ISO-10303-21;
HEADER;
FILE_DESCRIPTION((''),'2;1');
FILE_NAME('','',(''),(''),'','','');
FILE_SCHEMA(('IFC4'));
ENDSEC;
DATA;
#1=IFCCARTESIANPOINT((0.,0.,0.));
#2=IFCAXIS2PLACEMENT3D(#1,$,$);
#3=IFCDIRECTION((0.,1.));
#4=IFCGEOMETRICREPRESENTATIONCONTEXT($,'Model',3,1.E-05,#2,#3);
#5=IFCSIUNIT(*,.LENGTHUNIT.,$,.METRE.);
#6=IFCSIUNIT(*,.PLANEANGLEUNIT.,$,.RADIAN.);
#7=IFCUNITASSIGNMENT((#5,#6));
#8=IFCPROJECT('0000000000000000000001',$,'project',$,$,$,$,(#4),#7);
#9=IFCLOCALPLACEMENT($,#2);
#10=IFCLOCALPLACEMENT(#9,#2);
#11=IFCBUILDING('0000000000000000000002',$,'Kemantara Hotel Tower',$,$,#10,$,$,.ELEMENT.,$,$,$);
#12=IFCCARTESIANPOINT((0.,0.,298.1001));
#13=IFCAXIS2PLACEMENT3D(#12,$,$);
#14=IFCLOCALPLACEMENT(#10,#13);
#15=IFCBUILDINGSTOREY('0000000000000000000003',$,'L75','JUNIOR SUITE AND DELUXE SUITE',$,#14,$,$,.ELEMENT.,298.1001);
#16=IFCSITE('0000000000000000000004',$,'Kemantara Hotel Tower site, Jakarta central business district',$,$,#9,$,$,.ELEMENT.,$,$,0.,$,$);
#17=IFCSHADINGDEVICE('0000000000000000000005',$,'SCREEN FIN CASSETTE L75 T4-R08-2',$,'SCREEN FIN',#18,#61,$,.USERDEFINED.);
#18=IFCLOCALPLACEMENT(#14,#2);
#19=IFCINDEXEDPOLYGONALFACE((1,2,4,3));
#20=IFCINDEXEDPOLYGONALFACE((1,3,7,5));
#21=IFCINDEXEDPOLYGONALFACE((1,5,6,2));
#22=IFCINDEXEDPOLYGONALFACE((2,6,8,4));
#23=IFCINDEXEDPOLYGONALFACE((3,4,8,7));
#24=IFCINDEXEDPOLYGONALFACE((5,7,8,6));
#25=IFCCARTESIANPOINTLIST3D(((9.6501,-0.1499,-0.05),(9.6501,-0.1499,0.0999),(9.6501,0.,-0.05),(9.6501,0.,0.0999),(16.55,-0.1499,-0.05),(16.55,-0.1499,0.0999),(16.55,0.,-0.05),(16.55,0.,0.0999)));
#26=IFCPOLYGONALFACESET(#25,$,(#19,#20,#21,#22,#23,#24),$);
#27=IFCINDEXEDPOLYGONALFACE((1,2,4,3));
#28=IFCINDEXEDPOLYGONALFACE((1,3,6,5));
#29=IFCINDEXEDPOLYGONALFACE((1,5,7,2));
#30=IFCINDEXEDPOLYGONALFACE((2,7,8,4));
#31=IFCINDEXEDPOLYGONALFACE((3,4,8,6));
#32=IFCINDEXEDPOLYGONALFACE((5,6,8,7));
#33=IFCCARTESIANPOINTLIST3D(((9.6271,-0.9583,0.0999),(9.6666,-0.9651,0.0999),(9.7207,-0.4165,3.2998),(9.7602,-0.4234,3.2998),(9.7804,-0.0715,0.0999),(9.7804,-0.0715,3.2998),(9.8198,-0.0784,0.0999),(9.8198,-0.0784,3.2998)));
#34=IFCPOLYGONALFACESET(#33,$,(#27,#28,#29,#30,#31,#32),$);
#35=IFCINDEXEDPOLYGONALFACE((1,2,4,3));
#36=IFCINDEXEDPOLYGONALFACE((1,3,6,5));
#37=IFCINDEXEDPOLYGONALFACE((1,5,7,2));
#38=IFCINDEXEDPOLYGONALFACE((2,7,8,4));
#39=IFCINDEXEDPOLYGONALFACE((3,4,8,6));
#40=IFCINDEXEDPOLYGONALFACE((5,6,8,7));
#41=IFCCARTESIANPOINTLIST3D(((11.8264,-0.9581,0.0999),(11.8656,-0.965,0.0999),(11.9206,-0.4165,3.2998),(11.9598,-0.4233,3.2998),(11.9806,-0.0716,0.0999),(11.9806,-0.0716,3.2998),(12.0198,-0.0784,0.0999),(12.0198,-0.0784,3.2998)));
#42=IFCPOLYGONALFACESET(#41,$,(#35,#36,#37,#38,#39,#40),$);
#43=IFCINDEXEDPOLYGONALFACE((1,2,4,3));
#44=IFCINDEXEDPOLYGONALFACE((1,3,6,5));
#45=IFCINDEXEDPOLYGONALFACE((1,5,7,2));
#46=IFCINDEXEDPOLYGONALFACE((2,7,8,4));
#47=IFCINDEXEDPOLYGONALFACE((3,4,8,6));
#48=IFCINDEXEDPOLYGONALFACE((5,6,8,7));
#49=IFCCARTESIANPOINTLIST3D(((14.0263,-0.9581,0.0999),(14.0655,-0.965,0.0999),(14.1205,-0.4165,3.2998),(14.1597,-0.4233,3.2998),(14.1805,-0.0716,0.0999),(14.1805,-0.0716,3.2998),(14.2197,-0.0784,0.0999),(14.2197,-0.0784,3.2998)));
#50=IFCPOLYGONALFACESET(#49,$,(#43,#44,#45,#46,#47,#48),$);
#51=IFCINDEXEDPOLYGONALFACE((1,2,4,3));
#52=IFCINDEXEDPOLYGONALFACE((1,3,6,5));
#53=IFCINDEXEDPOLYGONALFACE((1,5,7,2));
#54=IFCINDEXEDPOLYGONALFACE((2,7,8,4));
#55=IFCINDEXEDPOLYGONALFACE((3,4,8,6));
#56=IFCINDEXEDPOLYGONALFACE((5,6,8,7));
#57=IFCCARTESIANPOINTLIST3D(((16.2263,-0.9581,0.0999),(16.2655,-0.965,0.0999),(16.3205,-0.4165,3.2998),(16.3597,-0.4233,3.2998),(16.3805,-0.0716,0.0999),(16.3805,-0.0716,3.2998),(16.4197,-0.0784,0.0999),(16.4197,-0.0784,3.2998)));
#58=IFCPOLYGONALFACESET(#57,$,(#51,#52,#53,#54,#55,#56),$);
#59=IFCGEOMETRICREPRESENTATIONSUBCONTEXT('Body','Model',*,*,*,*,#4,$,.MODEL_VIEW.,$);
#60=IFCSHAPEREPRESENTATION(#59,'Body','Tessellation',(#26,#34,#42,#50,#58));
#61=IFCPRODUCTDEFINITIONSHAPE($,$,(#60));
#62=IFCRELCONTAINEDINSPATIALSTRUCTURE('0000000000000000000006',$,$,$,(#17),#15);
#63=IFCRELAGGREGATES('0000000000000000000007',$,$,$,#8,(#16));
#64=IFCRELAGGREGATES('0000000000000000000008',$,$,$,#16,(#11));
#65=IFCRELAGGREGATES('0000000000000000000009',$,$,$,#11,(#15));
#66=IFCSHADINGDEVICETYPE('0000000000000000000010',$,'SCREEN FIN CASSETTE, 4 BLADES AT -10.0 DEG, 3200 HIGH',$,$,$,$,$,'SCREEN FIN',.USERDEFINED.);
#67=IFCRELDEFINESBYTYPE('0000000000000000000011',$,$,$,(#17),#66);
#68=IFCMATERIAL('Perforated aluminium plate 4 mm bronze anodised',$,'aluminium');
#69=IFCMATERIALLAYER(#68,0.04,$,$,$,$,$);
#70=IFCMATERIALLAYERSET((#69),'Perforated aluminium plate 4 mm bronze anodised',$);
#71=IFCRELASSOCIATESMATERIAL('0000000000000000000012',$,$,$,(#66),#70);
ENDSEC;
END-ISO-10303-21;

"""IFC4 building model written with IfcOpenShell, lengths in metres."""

from ifc_helpers import new_model, si_unit, direction, frame, origin, origin_2d, place, context, subcontext, project, spatial, polyline, rectangle, outline, extrude, source, transform, mapped, material, layer, layer_set, type_object, element, save


model = new_model("IFC4")

# Units and contexts
model_context = context("Model", 3, precision=1e-05, world=origin(), true_north=direction((0.0, 1.0)))
body_context = subcontext(model_context, "Body", "Model", "MODEL_VIEW")
ifc_project = project(units=[si_unit("LENGTHUNIT", "METRE"), si_unit("PLANEANGLEUNIT", "RADIAN")], contexts=[model_context])

# Site, building, storey
site_placement = place(None, origin())
site = spatial("IfcSite", under=ifc_project, at=site_placement, Name="Kemantara Hotel Tower site, Jakarta central business district", CompositionType="ELEMENT", RefElevation=0.0)
building_placement = place(site_placement, origin())
building = spatial("IfcBuilding", under=site, at=building_placement, Name="Kemantara Hotel Tower", CompositionType="ELEMENT")
storey_placement = place(building_placement, frame((0.0, 0.0, 298.1001)))
storey = spatial("IfcBuildingStorey", under=building, at=storey_placement, Name="L75", Description="JUNIOR SUITE AND DELUXE SUITE", CompositionType="ELEMENT", Elevation=298.1001)

# Shading device
ifc_material_1 = material(Name="Perforated aluminium plate 4 mm bronze anodised", Category="aluminium")
ifc_layer_1 = layer(ifc_material_1, 0.04)
ifc_layer_set_1 = layer_set([ifc_layer_1], Name="Perforated aluminium plate 4 mm bronze anodised")
shading_device_type_1 = type_object("IfcShadingDeviceType", Name="SCREEN FIN CASSETTE, 4 BLADES AT -10.0 DEG, 3200 HIGH", ElementType="SCREEN FIN", PredefinedType="USERDEFINED", material=ifc_layer_set_1)
shared_shape_1 = source(origin(), body_context, "Body", "SweptSolid", [
    extrude(rectangle(XDim=6.8999, YDim=0.1499, at=origin_2d()), frame((3.3, -0.075, -0.1499), z_axis=(0.0, 0.0, 1.0), x_axis=(1.0, 0.0, 0.0)), (0.0, 0.0, 1.0), 0.1499),
    extrude(outline(polyline([(0.0, 0.0), (0.8999, 0.0), (0.3501, 3.2), (0.0, 3.2), (0.0, 0.0)])), frame((0.0198, -0.0784, 0.0), z_axis=(-0.98539, 0.170314, 0.0), x_axis=(-0.170314, -0.98539, 0.0)), (0.0, 0.0, 1.0), 0.04),
    extrude(outline(polyline([(0.0, 0.0), (0.8999, 0.0), (0.3501, 3.2), (0.0, 3.2), (0.0, 0.0)])), frame((2.2197, -0.0784, 0.0), z_axis=(-0.985212, 0.171341, 0.0), x_axis=(-0.171341, -0.985212, 0.0)), (0.0, 0.0, 1.0), 0.0398),
    extrude(outline(polyline([(0.0, 0.0), (0.8999, 0.0), (0.3501, 3.2), (0.0, 3.2), (0.0, 0.0)])), frame((4.4197, -0.0784, 0.0), z_axis=(-0.985212, 0.171341, 0.0), x_axis=(-0.171341, -0.985212, 0.0)), (0.0, 0.0, 1.0), 0.0398),
    extrude(outline(polyline([(0.0, 0.0), (0.8999, 0.0), (0.3501, 3.2), (0.0, 3.2), (0.0, 0.0)])), frame((6.6196, -0.0784, 0.0), z_axis=(-0.985212, 0.171341, 0.0), x_axis=(-0.171341, -0.985212, 0.0)), (0.0, 0.0, 1.0), 0.0398),
])
shading_device_1_placement = place(storey_placement, frame((9.8, 0.0, 0.0999), z_axis=(0.0, 0.0, 1.0), x_axis=(1.0, 0.0, 0.0)))
element("IfcShadingDevice", 1, at=shading_device_1_placement, inside=storey, type_object=shading_device_type_1, Name="SCREEN FIN CASSETTE L75 T4-R08-2", ObjectType="SCREEN FIN", PredefinedType="USERDEFINED", context=body_context, shape_type="MappedRepresentation", body=[
    mapped(shared_shape_1, transform((0.0, 0.0, 0.0))),
])

save(model, "model.ifc")
